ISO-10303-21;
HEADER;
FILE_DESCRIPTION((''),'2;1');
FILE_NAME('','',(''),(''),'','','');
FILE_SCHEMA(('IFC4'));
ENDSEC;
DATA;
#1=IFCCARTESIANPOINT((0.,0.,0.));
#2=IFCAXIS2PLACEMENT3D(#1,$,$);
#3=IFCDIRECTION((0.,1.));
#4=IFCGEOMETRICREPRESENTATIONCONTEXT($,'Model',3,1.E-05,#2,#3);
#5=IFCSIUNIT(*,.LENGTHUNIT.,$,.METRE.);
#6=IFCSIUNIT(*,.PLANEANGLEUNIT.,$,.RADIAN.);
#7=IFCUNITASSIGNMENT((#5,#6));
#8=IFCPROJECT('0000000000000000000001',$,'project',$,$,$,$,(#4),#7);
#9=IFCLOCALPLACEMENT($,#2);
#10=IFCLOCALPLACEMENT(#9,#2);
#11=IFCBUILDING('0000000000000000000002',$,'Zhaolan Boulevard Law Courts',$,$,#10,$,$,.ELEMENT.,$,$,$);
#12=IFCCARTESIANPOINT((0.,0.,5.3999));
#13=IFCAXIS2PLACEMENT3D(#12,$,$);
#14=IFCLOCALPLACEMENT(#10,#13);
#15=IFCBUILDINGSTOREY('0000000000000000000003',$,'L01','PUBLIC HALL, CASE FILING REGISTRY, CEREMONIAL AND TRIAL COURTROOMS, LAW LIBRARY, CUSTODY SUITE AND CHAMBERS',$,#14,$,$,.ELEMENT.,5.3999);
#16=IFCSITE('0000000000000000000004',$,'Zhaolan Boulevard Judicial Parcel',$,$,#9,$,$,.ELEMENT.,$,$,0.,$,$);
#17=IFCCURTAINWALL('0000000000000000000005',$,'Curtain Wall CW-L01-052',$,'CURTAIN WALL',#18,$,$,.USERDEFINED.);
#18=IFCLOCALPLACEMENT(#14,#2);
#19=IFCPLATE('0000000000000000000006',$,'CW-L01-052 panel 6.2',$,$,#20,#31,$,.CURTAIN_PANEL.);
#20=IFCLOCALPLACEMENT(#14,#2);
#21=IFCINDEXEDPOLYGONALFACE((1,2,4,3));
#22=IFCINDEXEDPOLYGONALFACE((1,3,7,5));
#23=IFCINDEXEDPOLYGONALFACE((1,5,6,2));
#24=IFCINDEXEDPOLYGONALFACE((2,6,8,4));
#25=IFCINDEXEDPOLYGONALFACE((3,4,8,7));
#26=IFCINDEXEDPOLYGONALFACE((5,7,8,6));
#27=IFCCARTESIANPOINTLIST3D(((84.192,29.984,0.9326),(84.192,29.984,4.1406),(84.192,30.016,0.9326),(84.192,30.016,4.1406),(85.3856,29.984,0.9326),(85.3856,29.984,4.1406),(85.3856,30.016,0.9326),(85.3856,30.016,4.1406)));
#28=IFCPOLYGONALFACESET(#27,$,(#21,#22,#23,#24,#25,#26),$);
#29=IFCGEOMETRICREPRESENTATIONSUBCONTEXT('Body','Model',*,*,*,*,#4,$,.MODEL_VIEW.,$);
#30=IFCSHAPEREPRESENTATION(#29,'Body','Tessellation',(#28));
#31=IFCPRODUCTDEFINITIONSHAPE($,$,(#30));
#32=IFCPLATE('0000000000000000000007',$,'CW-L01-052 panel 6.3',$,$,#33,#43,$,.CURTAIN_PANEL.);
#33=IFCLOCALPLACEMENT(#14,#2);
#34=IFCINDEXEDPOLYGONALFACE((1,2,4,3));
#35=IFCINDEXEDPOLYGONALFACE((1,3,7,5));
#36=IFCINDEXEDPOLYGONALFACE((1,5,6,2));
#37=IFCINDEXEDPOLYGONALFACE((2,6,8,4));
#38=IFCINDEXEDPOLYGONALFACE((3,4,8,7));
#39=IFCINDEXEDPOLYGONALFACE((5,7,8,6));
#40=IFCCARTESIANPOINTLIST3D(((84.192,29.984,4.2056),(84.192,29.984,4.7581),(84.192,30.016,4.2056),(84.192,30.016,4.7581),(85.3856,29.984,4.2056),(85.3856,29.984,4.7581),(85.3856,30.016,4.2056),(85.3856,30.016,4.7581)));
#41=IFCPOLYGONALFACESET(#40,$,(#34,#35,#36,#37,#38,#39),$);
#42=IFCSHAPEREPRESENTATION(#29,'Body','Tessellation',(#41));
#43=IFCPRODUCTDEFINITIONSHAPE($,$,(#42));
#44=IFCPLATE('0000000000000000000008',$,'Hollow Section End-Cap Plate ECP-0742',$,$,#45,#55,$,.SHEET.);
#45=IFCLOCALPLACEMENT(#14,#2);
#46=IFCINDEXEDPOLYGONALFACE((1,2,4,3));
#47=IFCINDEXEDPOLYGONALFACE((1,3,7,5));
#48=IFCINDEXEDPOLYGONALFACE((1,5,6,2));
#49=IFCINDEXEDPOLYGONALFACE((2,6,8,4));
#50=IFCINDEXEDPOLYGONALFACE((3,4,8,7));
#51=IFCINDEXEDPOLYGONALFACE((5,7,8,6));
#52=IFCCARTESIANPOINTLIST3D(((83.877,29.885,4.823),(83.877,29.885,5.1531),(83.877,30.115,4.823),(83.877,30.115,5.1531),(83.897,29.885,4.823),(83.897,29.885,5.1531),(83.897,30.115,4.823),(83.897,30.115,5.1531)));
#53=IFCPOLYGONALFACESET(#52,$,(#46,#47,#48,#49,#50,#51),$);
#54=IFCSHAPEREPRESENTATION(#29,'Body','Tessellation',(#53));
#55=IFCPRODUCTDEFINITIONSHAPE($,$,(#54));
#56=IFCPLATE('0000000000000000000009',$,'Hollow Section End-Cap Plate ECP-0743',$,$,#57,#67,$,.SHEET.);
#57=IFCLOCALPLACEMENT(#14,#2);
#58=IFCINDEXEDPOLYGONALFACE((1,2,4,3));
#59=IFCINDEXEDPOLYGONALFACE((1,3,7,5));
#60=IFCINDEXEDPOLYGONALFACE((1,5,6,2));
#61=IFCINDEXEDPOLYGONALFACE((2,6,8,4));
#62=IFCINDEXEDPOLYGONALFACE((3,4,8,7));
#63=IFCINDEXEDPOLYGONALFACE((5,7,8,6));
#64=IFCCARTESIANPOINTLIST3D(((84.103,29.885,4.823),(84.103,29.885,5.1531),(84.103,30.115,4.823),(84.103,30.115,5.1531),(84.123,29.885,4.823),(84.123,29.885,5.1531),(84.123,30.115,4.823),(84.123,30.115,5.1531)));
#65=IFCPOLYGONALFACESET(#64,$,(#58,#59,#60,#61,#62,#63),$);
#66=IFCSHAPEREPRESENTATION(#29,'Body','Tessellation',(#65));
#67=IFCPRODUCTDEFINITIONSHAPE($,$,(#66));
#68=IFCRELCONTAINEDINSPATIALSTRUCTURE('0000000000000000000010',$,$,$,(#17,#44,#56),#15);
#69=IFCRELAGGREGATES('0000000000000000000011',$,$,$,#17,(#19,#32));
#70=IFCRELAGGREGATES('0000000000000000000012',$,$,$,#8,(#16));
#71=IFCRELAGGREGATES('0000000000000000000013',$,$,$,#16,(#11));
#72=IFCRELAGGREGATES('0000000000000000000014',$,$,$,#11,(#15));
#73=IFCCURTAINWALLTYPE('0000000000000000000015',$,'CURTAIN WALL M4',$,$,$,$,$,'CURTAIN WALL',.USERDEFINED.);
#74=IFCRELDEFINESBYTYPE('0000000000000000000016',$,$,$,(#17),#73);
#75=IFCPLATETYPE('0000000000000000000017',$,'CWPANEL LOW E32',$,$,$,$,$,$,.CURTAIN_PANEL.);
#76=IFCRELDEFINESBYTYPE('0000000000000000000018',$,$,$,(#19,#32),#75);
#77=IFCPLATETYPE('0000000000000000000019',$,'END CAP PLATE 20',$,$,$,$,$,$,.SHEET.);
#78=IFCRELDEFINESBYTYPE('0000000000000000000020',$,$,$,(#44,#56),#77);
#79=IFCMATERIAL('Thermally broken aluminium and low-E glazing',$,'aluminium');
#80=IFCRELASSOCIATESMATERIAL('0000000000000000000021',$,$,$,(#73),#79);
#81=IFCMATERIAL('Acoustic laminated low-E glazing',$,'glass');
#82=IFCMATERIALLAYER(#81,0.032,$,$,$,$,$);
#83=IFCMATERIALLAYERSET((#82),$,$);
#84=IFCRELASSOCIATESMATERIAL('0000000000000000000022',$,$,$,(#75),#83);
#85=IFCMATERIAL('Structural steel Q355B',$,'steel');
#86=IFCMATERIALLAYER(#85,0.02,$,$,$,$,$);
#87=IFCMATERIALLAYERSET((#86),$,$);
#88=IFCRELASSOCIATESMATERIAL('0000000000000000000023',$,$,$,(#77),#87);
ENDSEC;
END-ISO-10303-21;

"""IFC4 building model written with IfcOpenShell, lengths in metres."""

from ifc_helpers import new_model, si_unit, direction, frame, origin, origin_2d, place, context, subcontext, project, spatial, rectangle, extrude, material, layer, layer_set, type_object, element, aggregate, save


model = new_model("IFC4")

# Units and contexts
model_context = context("Model", 3, precision=1e-05, world=origin(), true_north=direction((0.0, 1.0)))
body_context = subcontext(model_context, "Body", "Model", "MODEL_VIEW")
ifc_project = project(units=[si_unit("LENGTHUNIT", "METRE"), si_unit("PLANEANGLEUNIT", "RADIAN")], contexts=[model_context])

# Site, building, storey
site_placement = place(None, origin())
site = spatial("IfcSite", under=ifc_project, at=site_placement, Name="Zhaolan Boulevard Judicial Parcel", CompositionType="ELEMENT", RefElevation=0.0)
building_placement = place(site_placement, origin())
building = spatial("IfcBuilding", under=site, at=building_placement, Name="Zhaolan Boulevard Law Courts", CompositionType="ELEMENT")
storey_placement = place(building_placement, frame((0.0, 0.0, 5.3999)))
storey = spatial("IfcBuildingStorey", under=building, at=storey_placement, Name="L01", Description="PUBLIC HALL, CASE FILING REGISTRY, CEREMONIAL AND TRIAL COURTROOMS, LAW LIBRARY, CUSTODY SUITE AND CHAMBERS", CompositionType="ELEMENT", Elevation=5.3999)

# Curtain wall
ifc_material_1 = material(Name="Thermally broken aluminium and low-E glazing", Category="aluminium")
curtain_wall_type_1 = type_object("IfcCurtainWallType", Name="CURTAIN WALL M4", ElementType="CURTAIN WALL", PredefinedType="USERDEFINED", material=ifc_material_1)
curtain_wall_1_placement = place(storey_placement, origin())
curtain_wall_1 = element("IfcCurtainWall", 1, at=curtain_wall_1_placement, inside=storey, type_object=curtain_wall_type_1, Name="Curtain Wall CW-L01-052", ObjectType="CURTAIN WALL", PredefinedType="USERDEFINED")

# Plates
ifc_material_2 = material(Name="Acoustic laminated low-E glazing", Category="glass")
ifc_layer_1 = layer(ifc_material_2, 0.032)
ifc_layer_set_1 = layer_set([ifc_layer_1])
plate_type_1 = type_object("IfcPlateType", Name="CWPANEL LOW E32", PredefinedType="CURTAIN_PANEL", material=ifc_layer_set_1)
plate_1_placement = place(storey_placement, frame((84.7888, 30.0, 0.9326), z_axis=(0.0, 0.0, 1.0), x_axis=(-1.0, 0.0, 0.0)))
plate_1 = element("IfcPlate", 2, at=plate_1_placement, type_object=plate_type_1, Name="CW-L01-052 panel 6.2", PredefinedType="CURTAIN_PANEL", context=body_context, shape_type="SweptSolid", body=[
    extrude(rectangle(XDim=1.1936, YDim=0.032, at=origin_2d()), origin(), (0.0, 0.0, 1.0), 3.208),
])
plate_2_placement = place(storey_placement, frame((84.7888, 30.0, 4.2056), z_axis=(0.0, 0.0, 1.0), x_axis=(-1.0, 0.0, 0.0)))
plate_2 = element("IfcPlate", 3, at=plate_2_placement, type_object=plate_type_1, Name="CW-L01-052 panel 6.3", PredefinedType="CURTAIN_PANEL", context=body_context, shape_type="SweptSolid", body=[
    extrude(rectangle(XDim=1.1936, YDim=0.032, at=origin_2d()), origin(), (0.0, 0.0, 1.0), 0.5525),
])
aggregate(curtain_wall_1, [plate_1, plate_2])

# Plates
ifc_material_3 = material(Name="Structural steel Q355B", Category="steel")
ifc_layer_2 = layer(ifc_material_3, 0.02)
ifc_layer_set_2 = layer_set([ifc_layer_2])
plate_type_2 = type_object("IfcPlateType", Name="END CAP PLATE 20", PredefinedType="SHEET", material=ifc_layer_set_2)
for number, where, z_axis, x_axis, name in (
    (4, (83.887, 30.0, 4.823), (0.0, 0.0, 1.0), (1.0, 0.0, 0.0), "Hollow Section End-Cap Plate ECP-0742"),
    (5, (84.113, 30.0, 4.823), (0.0, 0.0, 1.0), (1.0, 0.0, 0.0), "Hollow Section End-Cap Plate ECP-0743"),
):
    element("IfcPlate", number, at=place(storey_placement, frame(where, z_axis=z_axis, x_axis=x_axis)), inside=storey, type_object=plate_type_2, Name=name, PredefinedType="SHEET", context=body_context, shape_type="SweptSolid", body=[
        extrude(rectangle(XDim=0.02, YDim=0.23, at=origin_2d()), origin(), (0.0, 0.0, 1.0), 0.3301),
    ])

save(model, "model.ifc")
